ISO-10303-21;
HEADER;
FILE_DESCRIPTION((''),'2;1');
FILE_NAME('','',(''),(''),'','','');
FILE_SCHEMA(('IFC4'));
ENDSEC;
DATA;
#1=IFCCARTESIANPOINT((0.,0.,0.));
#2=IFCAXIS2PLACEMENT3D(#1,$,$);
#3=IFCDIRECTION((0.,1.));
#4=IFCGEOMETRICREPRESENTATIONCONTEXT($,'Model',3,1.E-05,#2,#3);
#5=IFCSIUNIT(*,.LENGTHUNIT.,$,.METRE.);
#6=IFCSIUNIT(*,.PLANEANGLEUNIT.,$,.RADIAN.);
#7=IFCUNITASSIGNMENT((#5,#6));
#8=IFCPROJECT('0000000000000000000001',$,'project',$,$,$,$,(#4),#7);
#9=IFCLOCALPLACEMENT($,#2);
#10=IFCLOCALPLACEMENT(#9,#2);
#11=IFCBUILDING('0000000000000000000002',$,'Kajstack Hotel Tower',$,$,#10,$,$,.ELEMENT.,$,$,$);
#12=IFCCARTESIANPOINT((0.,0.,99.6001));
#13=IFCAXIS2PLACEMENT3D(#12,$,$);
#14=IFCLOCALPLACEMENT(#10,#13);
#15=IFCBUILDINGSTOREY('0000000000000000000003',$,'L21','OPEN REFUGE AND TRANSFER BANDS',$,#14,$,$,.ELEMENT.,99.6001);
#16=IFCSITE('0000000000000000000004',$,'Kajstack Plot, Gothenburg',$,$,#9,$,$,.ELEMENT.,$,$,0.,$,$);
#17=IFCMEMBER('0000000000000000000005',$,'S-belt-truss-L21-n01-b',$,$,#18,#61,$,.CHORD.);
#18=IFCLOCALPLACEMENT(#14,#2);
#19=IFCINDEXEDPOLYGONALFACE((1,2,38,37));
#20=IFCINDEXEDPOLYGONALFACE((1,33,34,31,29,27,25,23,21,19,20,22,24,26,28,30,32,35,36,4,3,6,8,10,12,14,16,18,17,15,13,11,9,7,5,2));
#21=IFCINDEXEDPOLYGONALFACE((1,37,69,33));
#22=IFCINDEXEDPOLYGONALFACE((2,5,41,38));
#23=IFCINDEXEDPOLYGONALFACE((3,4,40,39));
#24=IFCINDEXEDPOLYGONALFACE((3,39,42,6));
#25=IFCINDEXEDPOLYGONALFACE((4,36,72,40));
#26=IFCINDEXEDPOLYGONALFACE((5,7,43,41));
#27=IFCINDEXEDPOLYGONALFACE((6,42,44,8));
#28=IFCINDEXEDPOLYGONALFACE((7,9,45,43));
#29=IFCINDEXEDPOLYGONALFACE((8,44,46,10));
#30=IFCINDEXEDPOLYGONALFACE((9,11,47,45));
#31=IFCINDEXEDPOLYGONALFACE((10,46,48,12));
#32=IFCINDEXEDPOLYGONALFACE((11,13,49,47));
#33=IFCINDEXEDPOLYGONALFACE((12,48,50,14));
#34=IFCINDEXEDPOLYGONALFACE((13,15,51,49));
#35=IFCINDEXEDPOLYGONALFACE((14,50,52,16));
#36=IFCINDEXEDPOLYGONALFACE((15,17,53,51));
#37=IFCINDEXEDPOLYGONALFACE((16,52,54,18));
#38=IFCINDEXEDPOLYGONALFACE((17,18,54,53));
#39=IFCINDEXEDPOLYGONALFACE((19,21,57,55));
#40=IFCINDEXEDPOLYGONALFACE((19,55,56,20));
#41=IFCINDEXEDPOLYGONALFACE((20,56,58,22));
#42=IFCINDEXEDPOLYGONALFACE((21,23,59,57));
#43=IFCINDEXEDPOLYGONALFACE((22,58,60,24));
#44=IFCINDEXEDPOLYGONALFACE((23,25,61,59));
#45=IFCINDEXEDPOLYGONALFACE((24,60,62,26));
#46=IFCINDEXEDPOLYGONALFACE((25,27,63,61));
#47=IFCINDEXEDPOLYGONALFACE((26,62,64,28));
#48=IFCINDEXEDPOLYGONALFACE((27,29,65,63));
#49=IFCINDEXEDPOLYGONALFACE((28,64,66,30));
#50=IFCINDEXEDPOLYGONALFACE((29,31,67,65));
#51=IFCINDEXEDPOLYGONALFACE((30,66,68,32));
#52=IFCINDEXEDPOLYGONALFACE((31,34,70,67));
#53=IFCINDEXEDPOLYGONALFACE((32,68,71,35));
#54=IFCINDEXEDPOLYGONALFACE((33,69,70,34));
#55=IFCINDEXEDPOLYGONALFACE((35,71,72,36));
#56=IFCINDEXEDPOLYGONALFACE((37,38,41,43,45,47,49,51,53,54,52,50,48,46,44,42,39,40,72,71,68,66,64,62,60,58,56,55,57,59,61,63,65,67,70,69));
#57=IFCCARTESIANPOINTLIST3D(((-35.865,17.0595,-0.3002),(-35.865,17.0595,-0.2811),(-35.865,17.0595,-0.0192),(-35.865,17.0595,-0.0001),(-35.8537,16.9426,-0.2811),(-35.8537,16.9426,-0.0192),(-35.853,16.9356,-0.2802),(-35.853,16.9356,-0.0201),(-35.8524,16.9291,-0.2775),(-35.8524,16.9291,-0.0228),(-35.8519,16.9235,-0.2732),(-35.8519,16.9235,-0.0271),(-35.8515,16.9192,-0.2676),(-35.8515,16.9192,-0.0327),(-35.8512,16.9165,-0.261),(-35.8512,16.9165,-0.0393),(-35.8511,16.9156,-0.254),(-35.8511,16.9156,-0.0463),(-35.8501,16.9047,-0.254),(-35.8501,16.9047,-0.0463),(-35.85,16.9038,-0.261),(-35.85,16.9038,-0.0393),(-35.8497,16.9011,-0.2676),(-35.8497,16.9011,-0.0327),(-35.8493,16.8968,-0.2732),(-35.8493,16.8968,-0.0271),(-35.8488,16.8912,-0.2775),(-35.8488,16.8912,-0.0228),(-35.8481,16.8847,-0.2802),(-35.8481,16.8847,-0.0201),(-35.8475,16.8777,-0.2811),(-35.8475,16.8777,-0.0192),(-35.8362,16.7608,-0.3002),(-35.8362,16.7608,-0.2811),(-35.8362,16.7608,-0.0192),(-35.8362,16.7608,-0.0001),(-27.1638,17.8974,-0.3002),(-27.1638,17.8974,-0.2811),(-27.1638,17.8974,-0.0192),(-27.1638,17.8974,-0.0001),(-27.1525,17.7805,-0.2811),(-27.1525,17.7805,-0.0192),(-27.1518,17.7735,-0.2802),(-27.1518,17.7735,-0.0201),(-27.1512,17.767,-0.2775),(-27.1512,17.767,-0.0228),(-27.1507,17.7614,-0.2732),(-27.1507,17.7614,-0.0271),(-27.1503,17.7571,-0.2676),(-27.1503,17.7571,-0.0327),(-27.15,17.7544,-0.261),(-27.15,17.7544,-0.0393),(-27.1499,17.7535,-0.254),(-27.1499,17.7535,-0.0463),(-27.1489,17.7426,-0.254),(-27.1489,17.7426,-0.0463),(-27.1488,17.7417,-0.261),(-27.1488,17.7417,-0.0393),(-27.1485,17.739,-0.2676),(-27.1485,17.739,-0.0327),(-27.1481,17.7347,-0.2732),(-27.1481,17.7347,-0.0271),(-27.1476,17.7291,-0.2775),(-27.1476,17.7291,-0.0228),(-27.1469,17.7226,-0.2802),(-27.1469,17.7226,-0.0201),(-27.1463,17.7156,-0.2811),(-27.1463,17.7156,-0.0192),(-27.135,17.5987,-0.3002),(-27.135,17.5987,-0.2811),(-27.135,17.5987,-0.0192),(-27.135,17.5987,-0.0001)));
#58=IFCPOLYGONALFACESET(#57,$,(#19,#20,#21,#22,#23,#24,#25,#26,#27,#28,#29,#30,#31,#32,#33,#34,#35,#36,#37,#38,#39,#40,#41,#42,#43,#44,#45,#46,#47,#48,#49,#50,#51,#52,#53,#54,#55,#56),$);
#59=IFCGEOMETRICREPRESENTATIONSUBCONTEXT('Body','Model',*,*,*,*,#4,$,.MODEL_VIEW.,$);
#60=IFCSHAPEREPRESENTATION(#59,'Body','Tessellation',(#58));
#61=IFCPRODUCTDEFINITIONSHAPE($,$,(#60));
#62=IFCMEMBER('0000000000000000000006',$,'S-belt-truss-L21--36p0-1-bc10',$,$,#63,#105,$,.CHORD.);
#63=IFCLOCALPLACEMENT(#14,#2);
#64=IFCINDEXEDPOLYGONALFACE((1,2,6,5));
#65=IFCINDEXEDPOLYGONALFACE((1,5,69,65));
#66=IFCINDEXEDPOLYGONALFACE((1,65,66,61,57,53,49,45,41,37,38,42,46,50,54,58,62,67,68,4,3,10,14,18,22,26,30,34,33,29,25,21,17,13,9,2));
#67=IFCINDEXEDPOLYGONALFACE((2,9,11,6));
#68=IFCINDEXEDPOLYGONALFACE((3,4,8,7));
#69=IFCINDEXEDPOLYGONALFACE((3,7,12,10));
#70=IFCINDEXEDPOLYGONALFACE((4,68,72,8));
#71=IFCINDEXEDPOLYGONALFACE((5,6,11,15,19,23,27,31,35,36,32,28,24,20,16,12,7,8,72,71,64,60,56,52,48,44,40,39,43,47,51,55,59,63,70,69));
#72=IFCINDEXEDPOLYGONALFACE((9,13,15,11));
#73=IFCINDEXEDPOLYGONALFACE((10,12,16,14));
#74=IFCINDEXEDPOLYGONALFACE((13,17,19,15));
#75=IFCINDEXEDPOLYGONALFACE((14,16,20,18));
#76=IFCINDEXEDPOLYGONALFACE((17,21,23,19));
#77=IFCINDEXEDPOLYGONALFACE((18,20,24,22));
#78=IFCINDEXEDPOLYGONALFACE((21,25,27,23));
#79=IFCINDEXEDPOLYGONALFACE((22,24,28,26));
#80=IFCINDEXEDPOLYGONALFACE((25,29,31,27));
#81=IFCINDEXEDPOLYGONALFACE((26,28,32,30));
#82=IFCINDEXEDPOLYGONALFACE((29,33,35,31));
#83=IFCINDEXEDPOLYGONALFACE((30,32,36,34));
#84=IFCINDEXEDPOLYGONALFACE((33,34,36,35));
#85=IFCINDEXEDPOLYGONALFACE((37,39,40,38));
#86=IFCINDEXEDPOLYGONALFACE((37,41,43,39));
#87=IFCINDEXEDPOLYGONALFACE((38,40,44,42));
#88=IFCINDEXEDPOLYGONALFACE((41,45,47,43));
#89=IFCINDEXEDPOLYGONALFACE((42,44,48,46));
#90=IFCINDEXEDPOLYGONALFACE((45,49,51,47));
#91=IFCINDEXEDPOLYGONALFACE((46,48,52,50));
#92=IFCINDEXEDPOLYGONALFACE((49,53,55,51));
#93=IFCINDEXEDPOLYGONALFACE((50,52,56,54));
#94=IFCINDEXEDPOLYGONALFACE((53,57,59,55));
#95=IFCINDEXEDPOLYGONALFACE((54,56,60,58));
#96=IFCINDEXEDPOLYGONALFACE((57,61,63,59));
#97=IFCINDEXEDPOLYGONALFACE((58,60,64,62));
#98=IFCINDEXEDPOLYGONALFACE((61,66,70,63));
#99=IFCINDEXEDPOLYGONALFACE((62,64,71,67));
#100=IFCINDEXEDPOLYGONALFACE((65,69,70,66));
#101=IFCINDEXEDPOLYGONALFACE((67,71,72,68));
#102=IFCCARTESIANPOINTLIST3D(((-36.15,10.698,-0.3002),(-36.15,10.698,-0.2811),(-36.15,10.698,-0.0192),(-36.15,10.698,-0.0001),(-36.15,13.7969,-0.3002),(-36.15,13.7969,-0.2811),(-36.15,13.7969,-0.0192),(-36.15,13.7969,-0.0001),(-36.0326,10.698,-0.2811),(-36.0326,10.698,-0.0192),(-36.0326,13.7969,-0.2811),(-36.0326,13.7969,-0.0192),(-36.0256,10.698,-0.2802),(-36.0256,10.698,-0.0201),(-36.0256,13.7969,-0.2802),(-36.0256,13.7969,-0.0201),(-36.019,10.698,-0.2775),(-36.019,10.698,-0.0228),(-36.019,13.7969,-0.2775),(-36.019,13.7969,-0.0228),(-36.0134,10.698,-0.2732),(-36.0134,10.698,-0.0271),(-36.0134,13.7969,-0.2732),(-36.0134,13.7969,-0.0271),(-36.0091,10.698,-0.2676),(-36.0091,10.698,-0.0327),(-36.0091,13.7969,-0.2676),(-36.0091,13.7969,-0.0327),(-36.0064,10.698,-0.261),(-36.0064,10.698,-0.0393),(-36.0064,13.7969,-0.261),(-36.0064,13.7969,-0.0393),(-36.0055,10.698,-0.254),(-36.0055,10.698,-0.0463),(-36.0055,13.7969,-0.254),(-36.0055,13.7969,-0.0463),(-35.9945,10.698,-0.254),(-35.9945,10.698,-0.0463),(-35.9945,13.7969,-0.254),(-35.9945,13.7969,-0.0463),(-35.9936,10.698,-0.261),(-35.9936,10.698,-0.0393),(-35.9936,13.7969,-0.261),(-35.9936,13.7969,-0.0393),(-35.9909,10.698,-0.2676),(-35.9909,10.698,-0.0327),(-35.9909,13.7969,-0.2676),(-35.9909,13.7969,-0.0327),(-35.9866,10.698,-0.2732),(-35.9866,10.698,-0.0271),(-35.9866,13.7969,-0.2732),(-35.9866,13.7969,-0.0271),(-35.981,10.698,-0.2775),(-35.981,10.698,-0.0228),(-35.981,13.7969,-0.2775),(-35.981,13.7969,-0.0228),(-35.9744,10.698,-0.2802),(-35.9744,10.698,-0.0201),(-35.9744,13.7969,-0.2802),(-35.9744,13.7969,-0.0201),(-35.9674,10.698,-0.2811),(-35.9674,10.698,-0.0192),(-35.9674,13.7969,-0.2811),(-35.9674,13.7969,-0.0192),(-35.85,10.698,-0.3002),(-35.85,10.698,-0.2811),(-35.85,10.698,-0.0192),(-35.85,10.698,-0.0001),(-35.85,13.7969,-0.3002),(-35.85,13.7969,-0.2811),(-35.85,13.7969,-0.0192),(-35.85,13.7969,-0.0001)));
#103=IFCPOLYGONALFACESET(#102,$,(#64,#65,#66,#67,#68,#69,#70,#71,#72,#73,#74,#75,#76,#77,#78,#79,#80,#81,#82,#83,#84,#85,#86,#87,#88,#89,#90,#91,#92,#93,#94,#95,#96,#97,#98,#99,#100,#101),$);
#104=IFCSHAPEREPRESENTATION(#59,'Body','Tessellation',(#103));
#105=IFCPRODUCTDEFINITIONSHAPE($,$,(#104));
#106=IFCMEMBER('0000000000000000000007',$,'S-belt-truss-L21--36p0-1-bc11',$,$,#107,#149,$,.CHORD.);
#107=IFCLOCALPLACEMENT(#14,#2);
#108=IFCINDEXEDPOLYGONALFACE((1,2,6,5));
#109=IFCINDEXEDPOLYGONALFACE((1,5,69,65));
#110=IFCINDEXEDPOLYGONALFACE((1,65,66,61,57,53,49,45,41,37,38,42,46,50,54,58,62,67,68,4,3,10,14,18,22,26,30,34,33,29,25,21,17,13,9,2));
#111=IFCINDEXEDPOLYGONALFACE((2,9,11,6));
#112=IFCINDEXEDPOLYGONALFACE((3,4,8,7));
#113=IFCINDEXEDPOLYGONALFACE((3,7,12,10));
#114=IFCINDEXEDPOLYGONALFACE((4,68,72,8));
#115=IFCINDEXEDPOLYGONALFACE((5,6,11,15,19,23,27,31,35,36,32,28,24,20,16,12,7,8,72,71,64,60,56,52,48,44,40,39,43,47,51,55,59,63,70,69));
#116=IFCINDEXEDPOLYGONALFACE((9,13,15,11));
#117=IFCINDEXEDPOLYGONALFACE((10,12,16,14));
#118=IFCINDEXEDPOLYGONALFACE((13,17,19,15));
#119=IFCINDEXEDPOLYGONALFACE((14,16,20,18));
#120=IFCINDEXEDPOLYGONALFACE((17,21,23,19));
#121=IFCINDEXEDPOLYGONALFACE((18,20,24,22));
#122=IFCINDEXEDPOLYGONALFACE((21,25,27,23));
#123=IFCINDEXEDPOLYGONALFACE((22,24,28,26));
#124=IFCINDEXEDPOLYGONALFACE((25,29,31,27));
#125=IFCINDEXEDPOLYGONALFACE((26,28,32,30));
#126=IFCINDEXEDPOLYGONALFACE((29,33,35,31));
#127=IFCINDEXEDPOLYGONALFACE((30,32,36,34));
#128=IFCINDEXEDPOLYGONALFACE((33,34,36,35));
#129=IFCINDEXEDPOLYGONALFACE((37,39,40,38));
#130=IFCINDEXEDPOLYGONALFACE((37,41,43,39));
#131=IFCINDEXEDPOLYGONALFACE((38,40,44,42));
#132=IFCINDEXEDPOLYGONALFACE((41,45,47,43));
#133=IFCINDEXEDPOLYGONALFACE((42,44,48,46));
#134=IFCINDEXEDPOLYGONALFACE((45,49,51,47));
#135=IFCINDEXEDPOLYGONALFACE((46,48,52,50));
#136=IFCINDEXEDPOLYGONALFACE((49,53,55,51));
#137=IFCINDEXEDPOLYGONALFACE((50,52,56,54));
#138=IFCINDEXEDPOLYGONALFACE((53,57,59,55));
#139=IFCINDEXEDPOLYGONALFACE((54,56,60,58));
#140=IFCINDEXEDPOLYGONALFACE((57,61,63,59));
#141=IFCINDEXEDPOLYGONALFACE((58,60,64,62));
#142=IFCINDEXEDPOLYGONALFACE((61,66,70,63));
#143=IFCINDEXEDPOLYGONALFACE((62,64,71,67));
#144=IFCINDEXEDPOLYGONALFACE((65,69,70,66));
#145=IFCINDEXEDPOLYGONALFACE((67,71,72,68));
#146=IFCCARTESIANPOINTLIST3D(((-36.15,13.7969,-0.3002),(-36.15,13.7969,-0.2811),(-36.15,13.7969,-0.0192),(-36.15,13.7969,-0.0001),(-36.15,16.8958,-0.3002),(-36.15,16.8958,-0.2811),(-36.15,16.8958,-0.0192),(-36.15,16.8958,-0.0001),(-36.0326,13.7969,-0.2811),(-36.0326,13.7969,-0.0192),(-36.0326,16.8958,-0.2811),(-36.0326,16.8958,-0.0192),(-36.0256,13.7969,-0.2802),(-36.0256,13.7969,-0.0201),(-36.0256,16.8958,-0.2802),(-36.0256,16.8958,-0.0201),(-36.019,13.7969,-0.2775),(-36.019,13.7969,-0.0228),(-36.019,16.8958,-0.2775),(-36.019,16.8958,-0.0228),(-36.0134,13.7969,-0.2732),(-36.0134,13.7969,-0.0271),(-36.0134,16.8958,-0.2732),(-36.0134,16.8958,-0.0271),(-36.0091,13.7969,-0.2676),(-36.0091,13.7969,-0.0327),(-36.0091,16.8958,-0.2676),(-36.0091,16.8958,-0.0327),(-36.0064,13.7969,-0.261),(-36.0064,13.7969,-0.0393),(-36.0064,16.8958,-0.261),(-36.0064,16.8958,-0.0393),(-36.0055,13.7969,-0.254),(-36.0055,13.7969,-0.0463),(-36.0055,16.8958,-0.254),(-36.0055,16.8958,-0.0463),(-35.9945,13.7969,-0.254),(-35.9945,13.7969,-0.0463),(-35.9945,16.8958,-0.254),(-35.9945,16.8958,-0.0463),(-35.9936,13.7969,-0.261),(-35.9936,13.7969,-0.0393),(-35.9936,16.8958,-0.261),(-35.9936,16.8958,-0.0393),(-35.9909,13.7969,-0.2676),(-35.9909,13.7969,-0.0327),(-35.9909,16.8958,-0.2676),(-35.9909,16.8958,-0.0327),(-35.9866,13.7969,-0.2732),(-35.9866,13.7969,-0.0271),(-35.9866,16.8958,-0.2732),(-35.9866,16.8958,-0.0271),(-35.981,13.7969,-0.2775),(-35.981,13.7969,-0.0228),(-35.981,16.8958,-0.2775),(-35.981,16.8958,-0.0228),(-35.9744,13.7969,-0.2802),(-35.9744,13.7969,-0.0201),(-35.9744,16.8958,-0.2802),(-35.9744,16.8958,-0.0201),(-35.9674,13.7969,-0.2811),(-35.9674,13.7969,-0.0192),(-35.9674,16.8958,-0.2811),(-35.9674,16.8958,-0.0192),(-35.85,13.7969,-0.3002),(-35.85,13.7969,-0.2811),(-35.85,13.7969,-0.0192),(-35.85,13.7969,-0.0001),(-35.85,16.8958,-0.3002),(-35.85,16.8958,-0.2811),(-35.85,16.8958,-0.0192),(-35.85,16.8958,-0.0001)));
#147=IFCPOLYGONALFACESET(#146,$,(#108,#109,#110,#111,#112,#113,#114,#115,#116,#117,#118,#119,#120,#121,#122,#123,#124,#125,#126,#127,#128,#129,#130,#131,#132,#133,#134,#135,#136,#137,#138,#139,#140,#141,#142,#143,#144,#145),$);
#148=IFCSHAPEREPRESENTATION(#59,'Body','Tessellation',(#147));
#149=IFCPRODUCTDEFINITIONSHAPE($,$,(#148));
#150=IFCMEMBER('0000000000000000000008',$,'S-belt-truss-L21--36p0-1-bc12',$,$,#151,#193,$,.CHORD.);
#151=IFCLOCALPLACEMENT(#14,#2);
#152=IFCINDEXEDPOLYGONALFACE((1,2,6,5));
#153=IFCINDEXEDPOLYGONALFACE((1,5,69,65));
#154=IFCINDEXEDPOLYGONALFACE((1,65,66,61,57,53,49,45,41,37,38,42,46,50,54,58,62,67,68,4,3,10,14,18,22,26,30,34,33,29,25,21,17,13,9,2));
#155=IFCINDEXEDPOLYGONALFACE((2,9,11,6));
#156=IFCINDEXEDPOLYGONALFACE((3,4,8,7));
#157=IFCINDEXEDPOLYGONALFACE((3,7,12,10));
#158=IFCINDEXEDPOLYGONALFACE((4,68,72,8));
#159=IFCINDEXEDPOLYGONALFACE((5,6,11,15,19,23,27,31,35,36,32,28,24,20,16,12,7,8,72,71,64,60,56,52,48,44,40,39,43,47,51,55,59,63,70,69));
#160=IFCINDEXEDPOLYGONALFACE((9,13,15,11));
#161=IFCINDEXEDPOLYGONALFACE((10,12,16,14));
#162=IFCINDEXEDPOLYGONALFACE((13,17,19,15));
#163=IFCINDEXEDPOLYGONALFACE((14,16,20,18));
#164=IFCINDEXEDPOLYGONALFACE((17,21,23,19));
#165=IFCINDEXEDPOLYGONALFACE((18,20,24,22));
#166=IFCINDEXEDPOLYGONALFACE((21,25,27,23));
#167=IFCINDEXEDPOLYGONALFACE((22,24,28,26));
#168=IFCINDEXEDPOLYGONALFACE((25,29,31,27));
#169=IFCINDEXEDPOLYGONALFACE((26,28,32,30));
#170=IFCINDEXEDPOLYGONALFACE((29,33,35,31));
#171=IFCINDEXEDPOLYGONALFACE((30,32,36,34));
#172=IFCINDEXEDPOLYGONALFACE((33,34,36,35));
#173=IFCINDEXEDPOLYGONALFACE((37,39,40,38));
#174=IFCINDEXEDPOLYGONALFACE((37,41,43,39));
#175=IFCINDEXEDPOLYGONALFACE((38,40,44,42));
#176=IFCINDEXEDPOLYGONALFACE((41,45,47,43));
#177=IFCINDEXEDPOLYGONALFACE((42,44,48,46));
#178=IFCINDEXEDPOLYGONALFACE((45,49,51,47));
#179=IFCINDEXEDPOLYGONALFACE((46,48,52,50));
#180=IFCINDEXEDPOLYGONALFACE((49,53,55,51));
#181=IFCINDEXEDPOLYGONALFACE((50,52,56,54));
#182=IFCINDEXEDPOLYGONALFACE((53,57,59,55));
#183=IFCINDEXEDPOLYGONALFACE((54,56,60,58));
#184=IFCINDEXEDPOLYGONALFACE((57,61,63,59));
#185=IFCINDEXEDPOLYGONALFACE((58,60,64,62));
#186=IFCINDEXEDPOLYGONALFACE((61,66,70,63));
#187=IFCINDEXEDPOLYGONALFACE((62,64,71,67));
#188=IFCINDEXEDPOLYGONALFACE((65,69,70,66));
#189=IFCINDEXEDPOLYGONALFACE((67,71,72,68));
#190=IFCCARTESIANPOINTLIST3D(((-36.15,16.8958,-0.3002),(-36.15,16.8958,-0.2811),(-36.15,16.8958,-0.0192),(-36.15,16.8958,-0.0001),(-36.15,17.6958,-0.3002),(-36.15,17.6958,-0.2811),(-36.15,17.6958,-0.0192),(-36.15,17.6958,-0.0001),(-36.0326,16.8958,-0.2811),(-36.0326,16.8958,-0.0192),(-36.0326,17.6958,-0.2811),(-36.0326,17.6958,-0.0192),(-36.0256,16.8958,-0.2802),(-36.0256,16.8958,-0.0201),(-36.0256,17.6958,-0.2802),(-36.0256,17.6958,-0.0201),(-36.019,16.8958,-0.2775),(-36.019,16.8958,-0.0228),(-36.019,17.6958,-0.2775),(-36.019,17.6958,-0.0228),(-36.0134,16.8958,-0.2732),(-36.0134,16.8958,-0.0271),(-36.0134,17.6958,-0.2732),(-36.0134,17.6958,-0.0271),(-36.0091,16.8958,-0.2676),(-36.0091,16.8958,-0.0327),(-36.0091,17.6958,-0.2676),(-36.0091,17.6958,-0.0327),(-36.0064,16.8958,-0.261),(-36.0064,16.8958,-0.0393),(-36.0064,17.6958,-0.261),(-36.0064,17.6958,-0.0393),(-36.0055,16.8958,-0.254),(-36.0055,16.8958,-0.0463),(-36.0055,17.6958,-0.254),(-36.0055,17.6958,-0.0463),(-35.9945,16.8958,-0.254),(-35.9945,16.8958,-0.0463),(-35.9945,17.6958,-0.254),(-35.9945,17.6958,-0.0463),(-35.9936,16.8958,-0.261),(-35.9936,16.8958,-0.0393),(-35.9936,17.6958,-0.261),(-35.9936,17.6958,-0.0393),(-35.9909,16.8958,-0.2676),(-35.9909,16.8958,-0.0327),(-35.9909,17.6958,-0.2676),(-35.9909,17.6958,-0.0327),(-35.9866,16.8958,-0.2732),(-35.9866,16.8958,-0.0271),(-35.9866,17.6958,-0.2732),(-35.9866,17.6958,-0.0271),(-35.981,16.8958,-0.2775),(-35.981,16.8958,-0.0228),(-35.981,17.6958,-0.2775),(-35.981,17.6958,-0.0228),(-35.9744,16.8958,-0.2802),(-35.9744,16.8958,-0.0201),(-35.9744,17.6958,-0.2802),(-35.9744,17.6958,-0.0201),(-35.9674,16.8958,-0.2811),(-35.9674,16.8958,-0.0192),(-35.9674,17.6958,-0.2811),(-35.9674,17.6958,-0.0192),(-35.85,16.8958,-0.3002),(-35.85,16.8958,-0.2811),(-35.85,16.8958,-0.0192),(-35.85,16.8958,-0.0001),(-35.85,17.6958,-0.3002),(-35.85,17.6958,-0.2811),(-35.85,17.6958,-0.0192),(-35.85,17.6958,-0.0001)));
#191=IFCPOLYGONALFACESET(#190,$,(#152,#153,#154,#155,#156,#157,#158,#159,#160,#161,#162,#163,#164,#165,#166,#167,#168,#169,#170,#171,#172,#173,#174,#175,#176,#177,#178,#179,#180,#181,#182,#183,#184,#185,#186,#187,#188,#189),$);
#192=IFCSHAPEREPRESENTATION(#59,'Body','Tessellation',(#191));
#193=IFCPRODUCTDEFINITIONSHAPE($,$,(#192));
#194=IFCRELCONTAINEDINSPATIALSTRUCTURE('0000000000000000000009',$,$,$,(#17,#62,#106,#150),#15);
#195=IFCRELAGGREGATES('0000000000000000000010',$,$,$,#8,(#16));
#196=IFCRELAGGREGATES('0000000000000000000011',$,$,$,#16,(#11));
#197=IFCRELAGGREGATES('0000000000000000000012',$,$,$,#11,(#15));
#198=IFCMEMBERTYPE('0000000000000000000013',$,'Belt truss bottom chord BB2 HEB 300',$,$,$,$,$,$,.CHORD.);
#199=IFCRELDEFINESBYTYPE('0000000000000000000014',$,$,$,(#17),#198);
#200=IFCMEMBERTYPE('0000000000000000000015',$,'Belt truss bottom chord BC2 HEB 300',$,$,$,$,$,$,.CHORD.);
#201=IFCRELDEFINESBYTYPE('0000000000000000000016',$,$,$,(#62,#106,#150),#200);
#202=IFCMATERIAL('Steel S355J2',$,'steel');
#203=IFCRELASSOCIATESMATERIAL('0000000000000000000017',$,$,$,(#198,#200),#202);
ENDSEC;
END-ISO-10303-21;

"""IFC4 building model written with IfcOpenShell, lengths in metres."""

from ifc_helpers import new_model, si_unit, direction, frame, origin, origin_2d, place, context, subcontext, project, spatial, i_section, extrude, material, material_profile, profile_set, type_object, element, save


model = new_model("IFC4")

# Units and contexts
model_context = context("Model", 3, precision=1e-05, world=origin(), true_north=direction((0.0, 1.0)))
body_context = subcontext(model_context, "Body", "Model", "MODEL_VIEW")
ifc_project = project(units=[si_unit("LENGTHUNIT", "METRE"), si_unit("PLANEANGLEUNIT", "RADIAN")], contexts=[model_context])

# Site, building, storey
site_placement = place(None, origin())
site = spatial("IfcSite", under=ifc_project, at=site_placement, Name="Kajstack Plot, Gothenburg", CompositionType="ELEMENT", RefElevation=0.0)
building_placement = place(site_placement, origin())
building = spatial("IfcBuilding", under=site, at=building_placement, Name="Kajstack Hotel Tower", CompositionType="ELEMENT")
storey_placement = place(building_placement, frame((0.0, 0.0, 99.6001)))
storey = spatial("IfcBuildingStorey", under=building, at=storey_placement, Name="L21", Description="OPEN REFUGE AND TRANSFER BANDS", CompositionType="ELEMENT", Elevation=99.6001)

# Members
ifc_material = material(Name="Steel S355J2", Category="steel")
ifc_material_profile_1 = material_profile(ifc_material, i_section(OverallWidth=0.3, OverallDepth=0.3, WebThickness=0.011, FlangeThickness=0.019, FilletRadius=0.0271, at=origin_2d()), Name="HEB 300")
ifc_profile_set_1 = profile_set([ifc_material_profile_1], Name="Steel S355J2")
member_type_1 = type_object("IfcMemberType", Name="Belt truss bottom chord BB2 HEB 300", PredefinedType="CHORD", material=ifc_profile_set_1)
member_1_placement = place(storey_placement, frame((-35.8506, 16.9102, -0.1501), z_axis=(0.995396, 0.095853, 0.0), x_axis=(-0.095853, 0.995396, 0.0)))
element("IfcMember", 1, at=member_1_placement, inside=storey, type_object=member_type_1, Name="S-belt-truss-L21-n01-b", PredefinedType="CHORD", context=body_context, shape_type="SweptSolid", body=[
    extrude(i_section(OverallWidth=0.3, OverallDepth=0.3, WebThickness=0.011, FlangeThickness=0.019, FilletRadius=0.0271, at=origin_2d()), origin(), (0.0, 0.0, 1.0), 8.7415),
])
ifc_material_profile_2 = material_profile(ifc_material, i_section(OverallWidth=0.3, OverallDepth=0.3, WebThickness=0.011, FlangeThickness=0.019, FilletRadius=0.0271, at=origin_2d()), Name="HEB 300")
ifc_profile_set_2 = profile_set([ifc_material_profile_2], Name="Steel S355J2")
member_type_2 = type_object("IfcMemberType", Name="Belt truss bottom chord BC2 HEB 300", PredefinedType="CHORD", material=ifc_profile_set_2)
for number, where, z_axis, x_axis, name in (
    (2, (-36.0, 10.698, -0.1501), (0.0, 1.0, 0.0), (-1.0, 0.0, 0.0), "S-belt-truss-L21--36p0-1-bc10"),
    (3, (-36.0, 13.7969, -0.1501), (0.0, 1.0, 0.0), (-1.0, 0.0, 0.0), "S-belt-truss-L21--36p0-1-bc11"),
):
    element("IfcMember", number, at=place(storey_placement, frame(where, z_axis=z_axis, x_axis=x_axis)), inside=storey, type_object=member_type_2, Name=name, PredefinedType="CHORD", context=body_context, shape_type="SweptSolid", body=[
        extrude(i_section(OverallWidth=0.3, OverallDepth=0.3, WebThickness=0.011, FlangeThickness=0.019, FilletRadius=0.0271, at=origin_2d()), origin(), (0.0, 0.0, 1.0), 3.0989),
    ])
member_2_placement = place(storey_placement, frame((-36.0, 16.8958, -0.1501), z_axis=(0.0, 1.0, 0.0), x_axis=(-1.0, 0.0, 0.0)))
element("IfcMember", 4, at=member_2_placement, inside=storey, type_object=member_type_2, Name="S-belt-truss-L21--36p0-1-bc12", PredefinedType="CHORD", context=body_context, shape_type="SweptSolid", body=[
    extrude(i_section(OverallWidth=0.3, OverallDepth=0.3, WebThickness=0.011, FlangeThickness=0.019, FilletRadius=0.0271, at=origin_2d()), origin(), (0.0, 0.0, 1.0), 0.8),
])

save(model, "model.ifc")
